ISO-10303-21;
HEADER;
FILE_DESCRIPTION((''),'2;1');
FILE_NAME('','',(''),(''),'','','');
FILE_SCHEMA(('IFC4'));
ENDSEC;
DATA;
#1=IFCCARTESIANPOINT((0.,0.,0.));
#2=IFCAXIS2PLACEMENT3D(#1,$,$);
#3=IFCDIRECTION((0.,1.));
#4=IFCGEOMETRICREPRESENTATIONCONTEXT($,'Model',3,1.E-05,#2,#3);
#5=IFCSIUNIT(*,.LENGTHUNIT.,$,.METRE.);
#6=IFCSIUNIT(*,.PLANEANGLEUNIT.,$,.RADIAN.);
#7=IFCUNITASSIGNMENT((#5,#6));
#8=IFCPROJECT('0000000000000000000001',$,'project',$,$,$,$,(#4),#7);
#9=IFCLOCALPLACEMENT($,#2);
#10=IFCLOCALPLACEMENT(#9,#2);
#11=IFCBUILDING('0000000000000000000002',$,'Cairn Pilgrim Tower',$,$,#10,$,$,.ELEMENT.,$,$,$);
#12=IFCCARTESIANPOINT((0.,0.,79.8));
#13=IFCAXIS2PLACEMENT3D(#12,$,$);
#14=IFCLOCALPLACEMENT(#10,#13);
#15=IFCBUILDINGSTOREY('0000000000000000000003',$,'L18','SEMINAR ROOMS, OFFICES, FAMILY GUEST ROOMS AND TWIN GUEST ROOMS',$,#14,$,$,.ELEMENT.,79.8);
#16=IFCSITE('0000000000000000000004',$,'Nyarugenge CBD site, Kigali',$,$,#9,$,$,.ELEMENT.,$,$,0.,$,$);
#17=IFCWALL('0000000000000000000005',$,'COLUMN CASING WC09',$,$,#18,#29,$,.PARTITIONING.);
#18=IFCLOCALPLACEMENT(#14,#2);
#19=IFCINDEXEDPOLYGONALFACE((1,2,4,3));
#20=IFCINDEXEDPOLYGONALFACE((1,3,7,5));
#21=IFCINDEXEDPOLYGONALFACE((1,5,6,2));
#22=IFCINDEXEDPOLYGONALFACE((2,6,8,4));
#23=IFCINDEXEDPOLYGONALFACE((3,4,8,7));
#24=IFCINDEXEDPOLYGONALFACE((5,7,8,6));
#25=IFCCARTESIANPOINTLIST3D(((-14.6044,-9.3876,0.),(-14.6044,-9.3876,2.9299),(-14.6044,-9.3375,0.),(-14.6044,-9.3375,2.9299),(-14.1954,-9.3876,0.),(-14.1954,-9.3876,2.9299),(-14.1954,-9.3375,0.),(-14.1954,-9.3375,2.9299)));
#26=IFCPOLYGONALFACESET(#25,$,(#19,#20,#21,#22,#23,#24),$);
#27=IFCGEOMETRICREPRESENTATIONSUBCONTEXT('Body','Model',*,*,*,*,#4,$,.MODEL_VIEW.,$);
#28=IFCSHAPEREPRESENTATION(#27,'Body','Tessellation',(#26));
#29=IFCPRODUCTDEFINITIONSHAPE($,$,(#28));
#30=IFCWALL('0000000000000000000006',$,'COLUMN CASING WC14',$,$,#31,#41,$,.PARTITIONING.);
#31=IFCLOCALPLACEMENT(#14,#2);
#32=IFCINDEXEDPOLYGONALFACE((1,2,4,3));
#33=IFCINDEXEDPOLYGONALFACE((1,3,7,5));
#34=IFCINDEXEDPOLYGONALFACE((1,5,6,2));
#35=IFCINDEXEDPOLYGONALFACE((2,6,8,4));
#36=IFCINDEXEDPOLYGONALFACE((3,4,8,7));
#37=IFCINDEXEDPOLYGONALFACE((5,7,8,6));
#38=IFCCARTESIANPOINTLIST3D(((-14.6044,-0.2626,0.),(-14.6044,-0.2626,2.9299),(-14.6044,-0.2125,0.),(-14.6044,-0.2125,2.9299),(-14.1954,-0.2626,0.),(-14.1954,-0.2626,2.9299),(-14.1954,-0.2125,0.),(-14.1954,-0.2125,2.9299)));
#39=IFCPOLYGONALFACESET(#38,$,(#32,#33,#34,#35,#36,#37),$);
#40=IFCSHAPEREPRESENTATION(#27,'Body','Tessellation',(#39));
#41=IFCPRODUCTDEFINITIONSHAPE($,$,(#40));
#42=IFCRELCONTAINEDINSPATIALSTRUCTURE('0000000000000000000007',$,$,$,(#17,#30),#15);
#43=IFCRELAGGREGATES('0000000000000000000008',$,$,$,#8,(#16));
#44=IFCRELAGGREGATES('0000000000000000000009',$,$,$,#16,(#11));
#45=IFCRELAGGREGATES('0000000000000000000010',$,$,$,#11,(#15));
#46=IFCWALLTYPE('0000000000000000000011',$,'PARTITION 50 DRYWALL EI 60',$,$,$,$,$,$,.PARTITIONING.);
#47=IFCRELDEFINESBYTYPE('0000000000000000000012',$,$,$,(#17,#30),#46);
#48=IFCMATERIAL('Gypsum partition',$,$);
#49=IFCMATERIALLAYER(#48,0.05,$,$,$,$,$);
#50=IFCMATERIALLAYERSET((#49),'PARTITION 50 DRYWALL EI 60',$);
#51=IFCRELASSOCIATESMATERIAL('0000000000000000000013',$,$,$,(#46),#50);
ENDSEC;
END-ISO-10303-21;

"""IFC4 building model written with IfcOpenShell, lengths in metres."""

from ifc_helpers import new_model, si_unit, direction, frame, frame_2d, origin, place, context, subcontext, project, spatial, rectangle, extrude, material, layer, layer_set, type_object, element, save


model = new_model("IFC4")

# Units and contexts
model_context = context("Model", 3, precision=1e-05, world=origin(), true_north=direction((0.0, 1.0)))
body_context = subcontext(model_context, "Body", "Model", "MODEL_VIEW")
ifc_project = project(units=[si_unit("LENGTHUNIT", "METRE"), si_unit("PLANEANGLEUNIT", "RADIAN")], contexts=[model_context])

# Site, building, storey
site_placement = place(None, origin())
site = spatial("IfcSite", under=ifc_project, at=site_placement, Name="Nyarugenge CBD site, Kigali", CompositionType="ELEMENT", RefElevation=0.0)
building_placement = place(site_placement, origin())
building = spatial("IfcBuilding", under=site, at=building_placement, Name="Cairn Pilgrim Tower", CompositionType="ELEMENT")
storey_placement = place(building_placement, frame((0.0, 0.0, 79.8)))
storey = spatial("IfcBuildingStorey", under=building, at=storey_placement, Name="L18", Description="SEMINAR ROOMS, OFFICES, FAMILY GUEST ROOMS AND TWIN GUEST ROOMS", CompositionType="ELEMENT", Elevation=79.8)

# Shared definitions
ifc_material_1 = material(Name="Gypsum partition")

# Walls
ifc_layer_1 = layer(ifc_material_1, 0.05)
ifc_layer_set_1 = layer_set([ifc_layer_1], Name="PARTITION 50 DRYWALL EI 60")
wall_type_1 = type_object("IfcWallType", Name="PARTITION 50 DRYWALL EI 60", PredefinedType="PARTITIONING", material=ifc_layer_set_1)
for number, where, z_axis, x_axis, name in (
    (1, (-14.6045, -9.3625, 0.0), (0.0, 0.0, 1.0), (1.0, 0.0, 0.0), "COLUMN CASING WC09"),
    (2, (-14.6045, -0.2375, 0.0), (0.0, 0.0, 1.0), (1.0, 0.0, 0.0), "COLUMN CASING WC14"),
):
    element("IfcWall", number, at=place(storey_placement, frame(where, z_axis=z_axis, x_axis=x_axis)), inside=storey, type_object=wall_type_1, Name=name, PredefinedType="PARTITIONING", context=body_context, shape_type="SweptSolid", body=[
        extrude(rectangle(XDim=0.4089, YDim=0.05, at=frame_2d((0.2046, 0.0))), origin(), (0.0, 0.0, 1.0), 2.9299),
    ])

save(model, "model.ifc")
